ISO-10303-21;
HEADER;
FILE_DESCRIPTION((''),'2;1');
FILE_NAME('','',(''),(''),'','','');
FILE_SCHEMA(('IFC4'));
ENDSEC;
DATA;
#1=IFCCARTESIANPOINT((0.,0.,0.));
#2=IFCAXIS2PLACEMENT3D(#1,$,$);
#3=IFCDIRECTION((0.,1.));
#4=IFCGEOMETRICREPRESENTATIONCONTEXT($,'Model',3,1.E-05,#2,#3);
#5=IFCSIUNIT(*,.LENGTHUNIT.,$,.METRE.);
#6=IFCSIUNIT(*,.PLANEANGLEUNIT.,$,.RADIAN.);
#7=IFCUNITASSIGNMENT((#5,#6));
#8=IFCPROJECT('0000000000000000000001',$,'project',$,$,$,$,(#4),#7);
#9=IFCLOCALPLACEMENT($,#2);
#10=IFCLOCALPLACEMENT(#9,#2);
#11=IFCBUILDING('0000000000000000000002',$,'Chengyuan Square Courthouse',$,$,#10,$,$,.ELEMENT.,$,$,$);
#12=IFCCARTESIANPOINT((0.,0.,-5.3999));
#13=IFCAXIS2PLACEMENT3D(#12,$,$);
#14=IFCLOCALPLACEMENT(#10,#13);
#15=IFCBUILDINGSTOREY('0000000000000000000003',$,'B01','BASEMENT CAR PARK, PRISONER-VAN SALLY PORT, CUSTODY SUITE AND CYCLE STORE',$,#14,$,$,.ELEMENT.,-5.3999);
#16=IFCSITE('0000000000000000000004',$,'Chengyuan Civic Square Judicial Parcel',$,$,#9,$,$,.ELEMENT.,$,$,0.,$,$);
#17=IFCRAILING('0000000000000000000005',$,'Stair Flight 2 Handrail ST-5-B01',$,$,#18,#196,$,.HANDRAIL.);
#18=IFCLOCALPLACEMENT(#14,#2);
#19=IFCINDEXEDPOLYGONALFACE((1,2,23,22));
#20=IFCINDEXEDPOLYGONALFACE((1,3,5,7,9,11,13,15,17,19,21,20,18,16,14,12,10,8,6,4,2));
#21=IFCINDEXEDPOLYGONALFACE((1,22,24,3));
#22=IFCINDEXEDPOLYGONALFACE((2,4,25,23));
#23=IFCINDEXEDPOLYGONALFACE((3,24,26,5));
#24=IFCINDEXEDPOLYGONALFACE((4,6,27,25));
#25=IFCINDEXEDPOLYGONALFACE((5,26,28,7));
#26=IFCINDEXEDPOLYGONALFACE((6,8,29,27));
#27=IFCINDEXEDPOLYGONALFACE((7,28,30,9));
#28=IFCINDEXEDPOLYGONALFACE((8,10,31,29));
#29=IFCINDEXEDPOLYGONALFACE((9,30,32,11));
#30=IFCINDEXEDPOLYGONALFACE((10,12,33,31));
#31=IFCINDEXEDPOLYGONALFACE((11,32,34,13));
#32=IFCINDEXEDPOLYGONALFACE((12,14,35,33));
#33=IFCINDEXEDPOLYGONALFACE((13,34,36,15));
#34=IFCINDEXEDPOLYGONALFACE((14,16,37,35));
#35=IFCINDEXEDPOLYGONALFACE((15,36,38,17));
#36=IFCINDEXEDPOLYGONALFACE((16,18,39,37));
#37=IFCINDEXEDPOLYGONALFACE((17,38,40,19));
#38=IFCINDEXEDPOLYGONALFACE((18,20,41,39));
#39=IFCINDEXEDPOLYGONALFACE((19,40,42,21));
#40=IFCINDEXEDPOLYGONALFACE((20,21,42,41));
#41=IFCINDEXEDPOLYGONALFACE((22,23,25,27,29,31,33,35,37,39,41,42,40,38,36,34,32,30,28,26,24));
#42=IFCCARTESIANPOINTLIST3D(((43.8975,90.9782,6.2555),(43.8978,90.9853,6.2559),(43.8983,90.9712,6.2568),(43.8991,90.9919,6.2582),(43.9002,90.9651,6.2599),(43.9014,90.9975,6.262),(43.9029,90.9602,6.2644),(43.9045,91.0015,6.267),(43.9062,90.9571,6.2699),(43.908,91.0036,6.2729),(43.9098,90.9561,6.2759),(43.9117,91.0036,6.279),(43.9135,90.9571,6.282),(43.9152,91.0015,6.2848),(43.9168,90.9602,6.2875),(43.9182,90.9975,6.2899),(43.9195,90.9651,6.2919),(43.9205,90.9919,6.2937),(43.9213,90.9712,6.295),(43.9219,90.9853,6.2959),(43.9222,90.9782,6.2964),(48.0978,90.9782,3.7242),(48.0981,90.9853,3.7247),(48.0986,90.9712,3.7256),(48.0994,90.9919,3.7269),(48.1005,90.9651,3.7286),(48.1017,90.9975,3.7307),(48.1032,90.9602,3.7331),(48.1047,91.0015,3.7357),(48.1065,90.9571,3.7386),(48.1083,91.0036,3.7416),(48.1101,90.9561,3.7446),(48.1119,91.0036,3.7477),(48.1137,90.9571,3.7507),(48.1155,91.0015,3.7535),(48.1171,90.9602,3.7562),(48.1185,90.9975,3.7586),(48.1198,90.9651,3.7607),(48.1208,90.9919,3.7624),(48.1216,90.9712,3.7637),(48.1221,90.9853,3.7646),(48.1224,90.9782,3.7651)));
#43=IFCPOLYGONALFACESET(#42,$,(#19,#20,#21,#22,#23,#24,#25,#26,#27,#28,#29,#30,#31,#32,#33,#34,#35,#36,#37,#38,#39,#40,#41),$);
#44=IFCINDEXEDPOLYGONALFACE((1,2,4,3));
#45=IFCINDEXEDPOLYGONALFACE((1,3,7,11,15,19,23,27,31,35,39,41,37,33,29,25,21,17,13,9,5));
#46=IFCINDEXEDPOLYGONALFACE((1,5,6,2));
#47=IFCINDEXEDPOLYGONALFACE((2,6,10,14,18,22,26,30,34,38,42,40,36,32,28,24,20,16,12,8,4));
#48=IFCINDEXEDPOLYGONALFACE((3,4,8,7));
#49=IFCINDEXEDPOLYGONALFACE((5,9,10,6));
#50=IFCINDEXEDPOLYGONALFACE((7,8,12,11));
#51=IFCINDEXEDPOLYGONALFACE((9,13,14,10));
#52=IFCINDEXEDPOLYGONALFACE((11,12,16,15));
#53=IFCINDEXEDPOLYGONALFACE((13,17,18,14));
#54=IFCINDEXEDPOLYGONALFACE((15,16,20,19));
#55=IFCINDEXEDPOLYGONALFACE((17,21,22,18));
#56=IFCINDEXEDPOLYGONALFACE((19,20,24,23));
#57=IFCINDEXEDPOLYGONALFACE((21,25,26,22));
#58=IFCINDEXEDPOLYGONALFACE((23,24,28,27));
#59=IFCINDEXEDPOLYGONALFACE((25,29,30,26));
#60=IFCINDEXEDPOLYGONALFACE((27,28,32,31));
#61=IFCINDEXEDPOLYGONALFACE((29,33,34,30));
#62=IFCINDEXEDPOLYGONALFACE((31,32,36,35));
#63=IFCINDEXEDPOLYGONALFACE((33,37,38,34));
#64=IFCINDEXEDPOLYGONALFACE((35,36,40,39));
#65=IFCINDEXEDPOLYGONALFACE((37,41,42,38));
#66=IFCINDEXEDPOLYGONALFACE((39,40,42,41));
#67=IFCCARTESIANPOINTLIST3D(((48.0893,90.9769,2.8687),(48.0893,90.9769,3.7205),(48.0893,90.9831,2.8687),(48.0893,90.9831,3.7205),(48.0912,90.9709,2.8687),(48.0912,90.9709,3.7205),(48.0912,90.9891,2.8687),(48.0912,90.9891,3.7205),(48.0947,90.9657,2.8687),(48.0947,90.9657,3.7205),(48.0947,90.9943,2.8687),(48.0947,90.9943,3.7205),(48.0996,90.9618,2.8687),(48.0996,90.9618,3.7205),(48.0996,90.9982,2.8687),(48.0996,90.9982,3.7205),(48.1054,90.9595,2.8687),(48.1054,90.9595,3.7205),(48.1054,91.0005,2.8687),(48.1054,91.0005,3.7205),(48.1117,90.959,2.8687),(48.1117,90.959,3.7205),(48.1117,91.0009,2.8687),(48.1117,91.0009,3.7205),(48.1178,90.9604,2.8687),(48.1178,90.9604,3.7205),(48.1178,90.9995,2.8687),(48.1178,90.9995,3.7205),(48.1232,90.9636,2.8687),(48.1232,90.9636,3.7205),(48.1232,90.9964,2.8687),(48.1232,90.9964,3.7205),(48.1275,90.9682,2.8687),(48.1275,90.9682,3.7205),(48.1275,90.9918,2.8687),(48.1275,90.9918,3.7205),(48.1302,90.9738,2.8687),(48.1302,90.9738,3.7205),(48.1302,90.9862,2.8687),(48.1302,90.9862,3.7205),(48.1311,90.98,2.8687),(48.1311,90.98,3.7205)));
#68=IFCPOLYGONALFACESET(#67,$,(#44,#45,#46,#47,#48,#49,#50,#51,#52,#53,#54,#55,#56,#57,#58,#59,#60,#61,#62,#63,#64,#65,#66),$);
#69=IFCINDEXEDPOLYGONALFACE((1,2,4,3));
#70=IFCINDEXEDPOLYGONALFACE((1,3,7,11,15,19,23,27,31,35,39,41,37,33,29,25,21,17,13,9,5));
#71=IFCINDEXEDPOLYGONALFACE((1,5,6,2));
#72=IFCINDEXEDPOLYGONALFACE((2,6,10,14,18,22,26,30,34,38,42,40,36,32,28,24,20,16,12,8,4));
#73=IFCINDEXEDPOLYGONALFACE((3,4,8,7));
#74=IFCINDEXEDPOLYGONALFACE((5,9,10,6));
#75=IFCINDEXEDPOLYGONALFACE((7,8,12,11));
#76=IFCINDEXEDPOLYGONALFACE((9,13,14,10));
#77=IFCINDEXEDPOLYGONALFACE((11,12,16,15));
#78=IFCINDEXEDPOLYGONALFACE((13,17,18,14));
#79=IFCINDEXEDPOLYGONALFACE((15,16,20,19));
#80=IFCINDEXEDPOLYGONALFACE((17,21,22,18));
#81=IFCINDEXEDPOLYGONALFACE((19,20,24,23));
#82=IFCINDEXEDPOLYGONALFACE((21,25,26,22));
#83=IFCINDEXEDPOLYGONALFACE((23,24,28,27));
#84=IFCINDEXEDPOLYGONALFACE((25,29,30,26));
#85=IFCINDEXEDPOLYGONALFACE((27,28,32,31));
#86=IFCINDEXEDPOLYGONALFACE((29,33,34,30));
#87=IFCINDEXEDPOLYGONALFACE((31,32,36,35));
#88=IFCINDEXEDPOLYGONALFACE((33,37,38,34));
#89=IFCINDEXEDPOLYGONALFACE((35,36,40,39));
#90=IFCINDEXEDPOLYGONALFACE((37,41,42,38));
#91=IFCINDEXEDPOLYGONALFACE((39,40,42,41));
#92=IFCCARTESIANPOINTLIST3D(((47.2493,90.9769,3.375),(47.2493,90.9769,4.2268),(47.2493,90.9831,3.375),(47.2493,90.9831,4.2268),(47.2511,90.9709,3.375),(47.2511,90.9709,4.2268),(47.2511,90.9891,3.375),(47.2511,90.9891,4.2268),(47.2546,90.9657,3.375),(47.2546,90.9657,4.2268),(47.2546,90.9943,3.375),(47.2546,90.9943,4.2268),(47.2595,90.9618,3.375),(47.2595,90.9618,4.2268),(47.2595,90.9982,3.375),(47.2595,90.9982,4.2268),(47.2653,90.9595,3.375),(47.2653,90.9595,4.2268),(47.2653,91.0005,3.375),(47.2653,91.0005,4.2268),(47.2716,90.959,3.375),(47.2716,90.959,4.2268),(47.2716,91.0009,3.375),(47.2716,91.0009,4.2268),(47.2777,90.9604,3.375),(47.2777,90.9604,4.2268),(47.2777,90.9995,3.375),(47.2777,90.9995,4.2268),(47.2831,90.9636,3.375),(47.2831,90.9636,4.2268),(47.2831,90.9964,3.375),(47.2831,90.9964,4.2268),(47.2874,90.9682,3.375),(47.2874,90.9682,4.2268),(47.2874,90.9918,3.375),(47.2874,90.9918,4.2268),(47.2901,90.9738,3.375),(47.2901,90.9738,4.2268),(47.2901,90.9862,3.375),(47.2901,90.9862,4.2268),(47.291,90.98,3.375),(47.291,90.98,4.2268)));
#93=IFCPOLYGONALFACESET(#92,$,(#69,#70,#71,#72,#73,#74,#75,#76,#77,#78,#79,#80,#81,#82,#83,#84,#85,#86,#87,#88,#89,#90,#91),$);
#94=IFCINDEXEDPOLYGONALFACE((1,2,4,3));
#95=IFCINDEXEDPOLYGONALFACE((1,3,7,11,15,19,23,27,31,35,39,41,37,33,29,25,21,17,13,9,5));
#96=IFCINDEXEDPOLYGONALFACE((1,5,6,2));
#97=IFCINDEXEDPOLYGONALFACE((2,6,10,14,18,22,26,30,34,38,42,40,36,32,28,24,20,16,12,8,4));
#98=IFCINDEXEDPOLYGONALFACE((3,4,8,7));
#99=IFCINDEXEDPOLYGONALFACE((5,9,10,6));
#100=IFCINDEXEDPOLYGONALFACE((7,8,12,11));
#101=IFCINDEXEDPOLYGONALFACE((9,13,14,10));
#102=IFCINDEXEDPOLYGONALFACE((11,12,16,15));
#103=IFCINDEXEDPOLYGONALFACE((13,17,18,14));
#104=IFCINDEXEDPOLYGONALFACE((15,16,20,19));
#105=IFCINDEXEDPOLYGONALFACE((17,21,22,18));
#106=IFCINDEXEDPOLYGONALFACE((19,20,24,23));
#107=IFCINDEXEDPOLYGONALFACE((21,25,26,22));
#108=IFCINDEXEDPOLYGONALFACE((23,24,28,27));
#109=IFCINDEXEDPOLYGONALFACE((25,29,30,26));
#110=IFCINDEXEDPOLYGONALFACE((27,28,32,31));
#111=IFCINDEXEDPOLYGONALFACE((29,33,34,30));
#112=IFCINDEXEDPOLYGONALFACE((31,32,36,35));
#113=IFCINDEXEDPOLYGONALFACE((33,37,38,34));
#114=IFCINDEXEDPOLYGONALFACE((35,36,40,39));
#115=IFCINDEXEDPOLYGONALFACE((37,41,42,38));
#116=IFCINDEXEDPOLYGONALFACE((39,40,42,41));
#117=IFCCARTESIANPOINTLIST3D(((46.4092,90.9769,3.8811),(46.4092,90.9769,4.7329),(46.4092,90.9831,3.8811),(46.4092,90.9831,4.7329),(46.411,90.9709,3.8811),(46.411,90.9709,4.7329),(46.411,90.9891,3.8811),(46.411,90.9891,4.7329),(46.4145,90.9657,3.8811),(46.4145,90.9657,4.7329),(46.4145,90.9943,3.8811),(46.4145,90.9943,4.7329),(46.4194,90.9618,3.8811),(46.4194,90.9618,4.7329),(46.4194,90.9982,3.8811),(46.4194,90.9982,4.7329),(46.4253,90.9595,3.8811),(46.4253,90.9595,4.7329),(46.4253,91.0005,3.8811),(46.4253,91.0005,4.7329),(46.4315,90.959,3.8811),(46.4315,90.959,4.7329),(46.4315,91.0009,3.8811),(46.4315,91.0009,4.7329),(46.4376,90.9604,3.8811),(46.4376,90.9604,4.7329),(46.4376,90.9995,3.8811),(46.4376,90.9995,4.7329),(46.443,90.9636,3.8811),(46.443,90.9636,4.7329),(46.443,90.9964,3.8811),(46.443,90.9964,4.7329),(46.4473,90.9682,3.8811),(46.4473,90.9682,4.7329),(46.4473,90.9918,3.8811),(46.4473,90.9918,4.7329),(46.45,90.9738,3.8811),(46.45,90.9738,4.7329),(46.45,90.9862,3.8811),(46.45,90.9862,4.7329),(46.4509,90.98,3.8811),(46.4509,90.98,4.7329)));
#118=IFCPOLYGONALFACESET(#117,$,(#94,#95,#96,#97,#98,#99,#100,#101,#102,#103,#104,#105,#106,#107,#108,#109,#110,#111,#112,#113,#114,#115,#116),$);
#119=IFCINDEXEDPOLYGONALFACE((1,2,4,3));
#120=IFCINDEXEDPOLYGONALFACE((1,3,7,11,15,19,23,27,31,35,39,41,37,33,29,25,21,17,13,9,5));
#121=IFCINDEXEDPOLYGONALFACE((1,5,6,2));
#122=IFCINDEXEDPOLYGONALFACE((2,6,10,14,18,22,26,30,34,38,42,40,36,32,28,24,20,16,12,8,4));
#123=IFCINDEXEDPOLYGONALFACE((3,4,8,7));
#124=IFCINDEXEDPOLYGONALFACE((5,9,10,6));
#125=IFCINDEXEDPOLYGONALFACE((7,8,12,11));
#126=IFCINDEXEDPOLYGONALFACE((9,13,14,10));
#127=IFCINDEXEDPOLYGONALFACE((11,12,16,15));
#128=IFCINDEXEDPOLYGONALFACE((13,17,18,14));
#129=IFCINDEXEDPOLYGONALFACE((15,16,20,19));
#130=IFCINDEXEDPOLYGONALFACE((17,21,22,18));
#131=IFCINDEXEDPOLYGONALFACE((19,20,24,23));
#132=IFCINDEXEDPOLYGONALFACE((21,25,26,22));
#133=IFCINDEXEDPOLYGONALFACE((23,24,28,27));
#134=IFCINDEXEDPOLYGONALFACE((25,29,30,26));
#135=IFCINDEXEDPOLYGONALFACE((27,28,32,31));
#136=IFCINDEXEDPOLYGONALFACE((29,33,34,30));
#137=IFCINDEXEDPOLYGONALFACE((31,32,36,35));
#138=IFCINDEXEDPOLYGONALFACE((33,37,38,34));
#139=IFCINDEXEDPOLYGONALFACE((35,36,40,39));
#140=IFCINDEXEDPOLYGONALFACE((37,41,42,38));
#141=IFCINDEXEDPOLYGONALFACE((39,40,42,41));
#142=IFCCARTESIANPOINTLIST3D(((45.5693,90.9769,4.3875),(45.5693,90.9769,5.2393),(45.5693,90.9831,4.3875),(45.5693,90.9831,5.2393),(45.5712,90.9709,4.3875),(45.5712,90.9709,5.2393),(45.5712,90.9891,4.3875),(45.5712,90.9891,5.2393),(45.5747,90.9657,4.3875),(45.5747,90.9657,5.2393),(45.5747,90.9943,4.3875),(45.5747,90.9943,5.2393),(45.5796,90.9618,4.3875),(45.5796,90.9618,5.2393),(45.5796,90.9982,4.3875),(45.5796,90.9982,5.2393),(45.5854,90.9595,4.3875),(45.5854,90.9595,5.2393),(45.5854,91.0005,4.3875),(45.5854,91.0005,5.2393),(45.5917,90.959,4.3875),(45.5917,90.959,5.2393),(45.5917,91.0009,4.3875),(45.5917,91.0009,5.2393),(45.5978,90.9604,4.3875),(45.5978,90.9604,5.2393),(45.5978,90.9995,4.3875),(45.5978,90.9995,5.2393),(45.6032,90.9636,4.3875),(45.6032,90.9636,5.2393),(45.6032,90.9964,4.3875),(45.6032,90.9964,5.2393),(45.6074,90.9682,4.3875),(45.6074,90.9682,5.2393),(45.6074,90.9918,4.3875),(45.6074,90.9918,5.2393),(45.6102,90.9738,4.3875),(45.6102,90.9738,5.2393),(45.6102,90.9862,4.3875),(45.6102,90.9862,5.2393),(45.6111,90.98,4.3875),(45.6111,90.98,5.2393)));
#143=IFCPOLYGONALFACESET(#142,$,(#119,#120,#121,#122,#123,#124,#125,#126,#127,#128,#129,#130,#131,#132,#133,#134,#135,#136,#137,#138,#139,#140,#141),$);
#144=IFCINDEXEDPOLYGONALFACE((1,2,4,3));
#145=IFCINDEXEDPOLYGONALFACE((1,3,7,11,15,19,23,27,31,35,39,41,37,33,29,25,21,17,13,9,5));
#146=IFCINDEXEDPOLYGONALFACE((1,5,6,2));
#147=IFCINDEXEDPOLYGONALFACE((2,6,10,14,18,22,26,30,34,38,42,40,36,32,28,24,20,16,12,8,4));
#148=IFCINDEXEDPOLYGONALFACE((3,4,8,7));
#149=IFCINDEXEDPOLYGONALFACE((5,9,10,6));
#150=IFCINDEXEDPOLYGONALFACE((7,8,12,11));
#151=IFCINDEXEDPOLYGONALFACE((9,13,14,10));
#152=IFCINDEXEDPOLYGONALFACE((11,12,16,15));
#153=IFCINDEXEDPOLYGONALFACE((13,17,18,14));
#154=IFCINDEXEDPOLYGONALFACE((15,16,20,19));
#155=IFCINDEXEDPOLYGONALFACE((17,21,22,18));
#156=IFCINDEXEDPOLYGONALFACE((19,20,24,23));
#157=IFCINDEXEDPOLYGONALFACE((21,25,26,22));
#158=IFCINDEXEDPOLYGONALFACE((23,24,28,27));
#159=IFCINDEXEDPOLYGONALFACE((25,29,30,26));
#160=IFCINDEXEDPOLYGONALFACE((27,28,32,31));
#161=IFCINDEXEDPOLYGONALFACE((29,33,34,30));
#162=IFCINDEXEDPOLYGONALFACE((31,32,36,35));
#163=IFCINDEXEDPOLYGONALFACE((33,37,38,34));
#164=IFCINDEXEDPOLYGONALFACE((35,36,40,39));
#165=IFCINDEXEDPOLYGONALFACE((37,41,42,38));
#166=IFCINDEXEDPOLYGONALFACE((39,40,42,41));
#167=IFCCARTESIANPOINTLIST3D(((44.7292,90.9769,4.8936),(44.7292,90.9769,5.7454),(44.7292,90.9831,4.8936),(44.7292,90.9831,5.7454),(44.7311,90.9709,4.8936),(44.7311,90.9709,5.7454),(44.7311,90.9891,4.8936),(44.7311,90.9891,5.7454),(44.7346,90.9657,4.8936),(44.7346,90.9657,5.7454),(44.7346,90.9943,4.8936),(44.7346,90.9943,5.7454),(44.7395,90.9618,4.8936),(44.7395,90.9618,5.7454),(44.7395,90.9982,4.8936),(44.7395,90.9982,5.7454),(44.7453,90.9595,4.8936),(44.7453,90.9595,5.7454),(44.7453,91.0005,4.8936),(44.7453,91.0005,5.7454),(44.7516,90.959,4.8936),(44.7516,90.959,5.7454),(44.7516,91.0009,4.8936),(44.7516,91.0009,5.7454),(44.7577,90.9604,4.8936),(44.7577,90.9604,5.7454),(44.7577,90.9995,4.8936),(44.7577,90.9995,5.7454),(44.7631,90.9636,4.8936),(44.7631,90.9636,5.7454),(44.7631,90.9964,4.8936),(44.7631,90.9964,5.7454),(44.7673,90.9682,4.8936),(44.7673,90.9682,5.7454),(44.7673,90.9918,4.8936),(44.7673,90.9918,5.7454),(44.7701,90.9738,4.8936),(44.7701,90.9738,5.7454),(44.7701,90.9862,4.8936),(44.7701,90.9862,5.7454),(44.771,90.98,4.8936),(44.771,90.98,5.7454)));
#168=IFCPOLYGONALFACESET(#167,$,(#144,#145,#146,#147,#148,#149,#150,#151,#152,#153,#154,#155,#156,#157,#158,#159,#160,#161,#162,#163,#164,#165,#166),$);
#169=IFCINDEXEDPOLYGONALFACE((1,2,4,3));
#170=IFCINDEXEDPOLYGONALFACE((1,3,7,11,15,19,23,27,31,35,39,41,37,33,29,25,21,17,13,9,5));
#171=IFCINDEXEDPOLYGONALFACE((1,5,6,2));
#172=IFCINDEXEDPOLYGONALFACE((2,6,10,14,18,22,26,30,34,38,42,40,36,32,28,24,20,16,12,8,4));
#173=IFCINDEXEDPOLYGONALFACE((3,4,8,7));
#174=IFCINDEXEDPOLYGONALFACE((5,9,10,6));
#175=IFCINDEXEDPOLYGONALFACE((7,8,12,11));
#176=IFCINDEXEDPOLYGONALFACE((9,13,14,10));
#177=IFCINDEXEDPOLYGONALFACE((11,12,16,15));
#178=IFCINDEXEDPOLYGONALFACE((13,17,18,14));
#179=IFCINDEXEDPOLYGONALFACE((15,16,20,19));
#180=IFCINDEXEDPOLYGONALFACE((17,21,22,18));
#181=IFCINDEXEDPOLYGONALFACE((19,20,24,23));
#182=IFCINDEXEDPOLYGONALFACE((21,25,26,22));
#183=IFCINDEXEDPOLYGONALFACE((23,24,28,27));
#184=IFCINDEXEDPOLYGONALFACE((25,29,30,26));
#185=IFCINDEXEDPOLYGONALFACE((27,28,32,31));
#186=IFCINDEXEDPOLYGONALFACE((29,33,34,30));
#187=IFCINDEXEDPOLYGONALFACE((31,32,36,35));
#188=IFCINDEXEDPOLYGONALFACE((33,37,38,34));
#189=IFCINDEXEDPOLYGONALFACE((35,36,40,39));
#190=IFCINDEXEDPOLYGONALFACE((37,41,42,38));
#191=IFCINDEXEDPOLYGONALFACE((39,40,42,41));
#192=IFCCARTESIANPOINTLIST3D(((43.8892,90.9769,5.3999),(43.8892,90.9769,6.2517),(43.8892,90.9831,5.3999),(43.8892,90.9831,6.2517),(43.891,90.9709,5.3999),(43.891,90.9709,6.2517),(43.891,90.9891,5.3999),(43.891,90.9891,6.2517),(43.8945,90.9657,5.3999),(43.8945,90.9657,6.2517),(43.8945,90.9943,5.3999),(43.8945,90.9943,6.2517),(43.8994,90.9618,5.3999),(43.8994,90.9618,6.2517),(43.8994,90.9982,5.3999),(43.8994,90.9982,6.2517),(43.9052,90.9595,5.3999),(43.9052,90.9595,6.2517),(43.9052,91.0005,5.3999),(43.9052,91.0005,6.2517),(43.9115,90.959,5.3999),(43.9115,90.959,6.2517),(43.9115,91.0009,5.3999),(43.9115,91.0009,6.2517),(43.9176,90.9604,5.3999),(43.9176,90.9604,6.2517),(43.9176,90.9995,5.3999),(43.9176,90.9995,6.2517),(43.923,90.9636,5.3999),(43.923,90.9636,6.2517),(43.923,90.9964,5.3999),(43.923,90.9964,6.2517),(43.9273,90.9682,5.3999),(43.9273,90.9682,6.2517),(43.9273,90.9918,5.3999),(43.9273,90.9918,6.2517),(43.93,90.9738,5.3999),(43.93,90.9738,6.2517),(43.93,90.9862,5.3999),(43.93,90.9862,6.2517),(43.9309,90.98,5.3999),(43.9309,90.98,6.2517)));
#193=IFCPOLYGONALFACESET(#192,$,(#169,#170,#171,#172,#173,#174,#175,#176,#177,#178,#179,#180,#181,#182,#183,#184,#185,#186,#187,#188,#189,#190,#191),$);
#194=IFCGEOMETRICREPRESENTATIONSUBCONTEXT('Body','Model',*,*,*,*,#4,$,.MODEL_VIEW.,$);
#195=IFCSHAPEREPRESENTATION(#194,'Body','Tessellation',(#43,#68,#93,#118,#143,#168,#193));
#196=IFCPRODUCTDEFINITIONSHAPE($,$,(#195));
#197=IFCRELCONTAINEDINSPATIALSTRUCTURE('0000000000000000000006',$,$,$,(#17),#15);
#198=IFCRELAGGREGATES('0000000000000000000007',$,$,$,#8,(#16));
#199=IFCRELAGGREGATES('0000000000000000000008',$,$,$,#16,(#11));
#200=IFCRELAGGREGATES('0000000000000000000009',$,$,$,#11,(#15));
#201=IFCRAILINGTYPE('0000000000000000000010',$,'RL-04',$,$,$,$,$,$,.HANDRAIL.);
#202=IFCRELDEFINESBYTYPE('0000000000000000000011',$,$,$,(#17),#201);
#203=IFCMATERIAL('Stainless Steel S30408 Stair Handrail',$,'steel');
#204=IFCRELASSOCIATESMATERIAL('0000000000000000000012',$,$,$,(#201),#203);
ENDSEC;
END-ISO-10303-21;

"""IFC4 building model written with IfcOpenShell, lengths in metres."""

from ifc_helpers import new_model, si_unit, direction, frame, origin, origin_2d, place, context, subcontext, project, spatial, circle, extrude, material, type_object, element, save


model = new_model("IFC4")

# Units and contexts
model_context = context("Model", 3, precision=1e-05, world=origin(), true_north=direction((0.0, 1.0)))
body_context = subcontext(model_context, "Body", "Model", "MODEL_VIEW")
ifc_project = project(units=[si_unit("LENGTHUNIT", "METRE"), si_unit("PLANEANGLEUNIT", "RADIAN")], contexts=[model_context])

# Site, building, storey
site_placement = place(None, origin())
site = spatial("IfcSite", under=ifc_project, at=site_placement, Name="Chengyuan Civic Square Judicial Parcel", CompositionType="ELEMENT", RefElevation=0.0)
building_placement = place(site_placement, origin())
building = spatial("IfcBuilding", under=site, at=building_placement, Name="Chengyuan Square Courthouse", CompositionType="ELEMENT")
storey_placement = place(building_placement, frame((0.0, 0.0, -5.3999)))
storey = spatial("IfcBuildingStorey", under=building, at=storey_placement, Name="B01", Description="BASEMENT CAR PARK, PRISONER-VAN SALLY PORT, CUSTODY SUITE AND CYCLE STORE", CompositionType="ELEMENT", Elevation=-5.3999)

# Railing
ifc_material_1 = material(Name="Stainless Steel S30408 Stair Handrail", Category="steel")
railing_type_1 = type_object("IfcRailingType", Name="RL-04", PredefinedType="HANDRAIL", material=ifc_material_1)
railing_1_placement = place(storey_placement, frame((48.1101, 90.98, 2.8687)))
element("IfcRailing", 1, at=railing_1_placement, inside=storey, type_object=railing_type_1, Name="Stair Flight 2 Handrail ST-5-B01", PredefinedType="HANDRAIL", context=body_context, shape_type="SweptSolid", body=[
    extrude(circle(Radius=0.0239, at=origin_2d()), frame((0.0, 0.0, 0.876), z_axis=(-0.85649, 0.0, 0.516164), x_axis=(0.0, -1.0, 0.0)), (0.0, 0.0, 1.0), 4.9041),
    extrude(circle(Radius=0.021, at=origin_2d()), origin(), (0.0, 0.0, 1.0), 0.8518),
    extrude(circle(Radius=0.021, at=origin_2d()), frame((-0.8401, 0.0, 0.5063)), (0.0, 0.0, 1.0), 0.8518),
    extrude(circle(Radius=0.021, at=origin_2d()), frame((-1.6802, 0.0, 1.0125)), (0.0, 0.0, 1.0), 0.8518),
    extrude(circle(Radius=0.021, at=origin_2d()), frame((-2.52, 0.0, 1.5188)), (0.0, 0.0, 1.0), 0.8518),
    extrude(circle(Radius=0.021, at=origin_2d()), frame((-3.3601, 0.0, 2.0249)), (0.0, 0.0, 1.0), 0.8518),
    extrude(circle(Radius=0.021, at=origin_2d()), frame((-4.2002, 0.0, 2.5312)), (0.0, 0.0, 1.0), 0.8518),
])

save(model, "model.ifc")
